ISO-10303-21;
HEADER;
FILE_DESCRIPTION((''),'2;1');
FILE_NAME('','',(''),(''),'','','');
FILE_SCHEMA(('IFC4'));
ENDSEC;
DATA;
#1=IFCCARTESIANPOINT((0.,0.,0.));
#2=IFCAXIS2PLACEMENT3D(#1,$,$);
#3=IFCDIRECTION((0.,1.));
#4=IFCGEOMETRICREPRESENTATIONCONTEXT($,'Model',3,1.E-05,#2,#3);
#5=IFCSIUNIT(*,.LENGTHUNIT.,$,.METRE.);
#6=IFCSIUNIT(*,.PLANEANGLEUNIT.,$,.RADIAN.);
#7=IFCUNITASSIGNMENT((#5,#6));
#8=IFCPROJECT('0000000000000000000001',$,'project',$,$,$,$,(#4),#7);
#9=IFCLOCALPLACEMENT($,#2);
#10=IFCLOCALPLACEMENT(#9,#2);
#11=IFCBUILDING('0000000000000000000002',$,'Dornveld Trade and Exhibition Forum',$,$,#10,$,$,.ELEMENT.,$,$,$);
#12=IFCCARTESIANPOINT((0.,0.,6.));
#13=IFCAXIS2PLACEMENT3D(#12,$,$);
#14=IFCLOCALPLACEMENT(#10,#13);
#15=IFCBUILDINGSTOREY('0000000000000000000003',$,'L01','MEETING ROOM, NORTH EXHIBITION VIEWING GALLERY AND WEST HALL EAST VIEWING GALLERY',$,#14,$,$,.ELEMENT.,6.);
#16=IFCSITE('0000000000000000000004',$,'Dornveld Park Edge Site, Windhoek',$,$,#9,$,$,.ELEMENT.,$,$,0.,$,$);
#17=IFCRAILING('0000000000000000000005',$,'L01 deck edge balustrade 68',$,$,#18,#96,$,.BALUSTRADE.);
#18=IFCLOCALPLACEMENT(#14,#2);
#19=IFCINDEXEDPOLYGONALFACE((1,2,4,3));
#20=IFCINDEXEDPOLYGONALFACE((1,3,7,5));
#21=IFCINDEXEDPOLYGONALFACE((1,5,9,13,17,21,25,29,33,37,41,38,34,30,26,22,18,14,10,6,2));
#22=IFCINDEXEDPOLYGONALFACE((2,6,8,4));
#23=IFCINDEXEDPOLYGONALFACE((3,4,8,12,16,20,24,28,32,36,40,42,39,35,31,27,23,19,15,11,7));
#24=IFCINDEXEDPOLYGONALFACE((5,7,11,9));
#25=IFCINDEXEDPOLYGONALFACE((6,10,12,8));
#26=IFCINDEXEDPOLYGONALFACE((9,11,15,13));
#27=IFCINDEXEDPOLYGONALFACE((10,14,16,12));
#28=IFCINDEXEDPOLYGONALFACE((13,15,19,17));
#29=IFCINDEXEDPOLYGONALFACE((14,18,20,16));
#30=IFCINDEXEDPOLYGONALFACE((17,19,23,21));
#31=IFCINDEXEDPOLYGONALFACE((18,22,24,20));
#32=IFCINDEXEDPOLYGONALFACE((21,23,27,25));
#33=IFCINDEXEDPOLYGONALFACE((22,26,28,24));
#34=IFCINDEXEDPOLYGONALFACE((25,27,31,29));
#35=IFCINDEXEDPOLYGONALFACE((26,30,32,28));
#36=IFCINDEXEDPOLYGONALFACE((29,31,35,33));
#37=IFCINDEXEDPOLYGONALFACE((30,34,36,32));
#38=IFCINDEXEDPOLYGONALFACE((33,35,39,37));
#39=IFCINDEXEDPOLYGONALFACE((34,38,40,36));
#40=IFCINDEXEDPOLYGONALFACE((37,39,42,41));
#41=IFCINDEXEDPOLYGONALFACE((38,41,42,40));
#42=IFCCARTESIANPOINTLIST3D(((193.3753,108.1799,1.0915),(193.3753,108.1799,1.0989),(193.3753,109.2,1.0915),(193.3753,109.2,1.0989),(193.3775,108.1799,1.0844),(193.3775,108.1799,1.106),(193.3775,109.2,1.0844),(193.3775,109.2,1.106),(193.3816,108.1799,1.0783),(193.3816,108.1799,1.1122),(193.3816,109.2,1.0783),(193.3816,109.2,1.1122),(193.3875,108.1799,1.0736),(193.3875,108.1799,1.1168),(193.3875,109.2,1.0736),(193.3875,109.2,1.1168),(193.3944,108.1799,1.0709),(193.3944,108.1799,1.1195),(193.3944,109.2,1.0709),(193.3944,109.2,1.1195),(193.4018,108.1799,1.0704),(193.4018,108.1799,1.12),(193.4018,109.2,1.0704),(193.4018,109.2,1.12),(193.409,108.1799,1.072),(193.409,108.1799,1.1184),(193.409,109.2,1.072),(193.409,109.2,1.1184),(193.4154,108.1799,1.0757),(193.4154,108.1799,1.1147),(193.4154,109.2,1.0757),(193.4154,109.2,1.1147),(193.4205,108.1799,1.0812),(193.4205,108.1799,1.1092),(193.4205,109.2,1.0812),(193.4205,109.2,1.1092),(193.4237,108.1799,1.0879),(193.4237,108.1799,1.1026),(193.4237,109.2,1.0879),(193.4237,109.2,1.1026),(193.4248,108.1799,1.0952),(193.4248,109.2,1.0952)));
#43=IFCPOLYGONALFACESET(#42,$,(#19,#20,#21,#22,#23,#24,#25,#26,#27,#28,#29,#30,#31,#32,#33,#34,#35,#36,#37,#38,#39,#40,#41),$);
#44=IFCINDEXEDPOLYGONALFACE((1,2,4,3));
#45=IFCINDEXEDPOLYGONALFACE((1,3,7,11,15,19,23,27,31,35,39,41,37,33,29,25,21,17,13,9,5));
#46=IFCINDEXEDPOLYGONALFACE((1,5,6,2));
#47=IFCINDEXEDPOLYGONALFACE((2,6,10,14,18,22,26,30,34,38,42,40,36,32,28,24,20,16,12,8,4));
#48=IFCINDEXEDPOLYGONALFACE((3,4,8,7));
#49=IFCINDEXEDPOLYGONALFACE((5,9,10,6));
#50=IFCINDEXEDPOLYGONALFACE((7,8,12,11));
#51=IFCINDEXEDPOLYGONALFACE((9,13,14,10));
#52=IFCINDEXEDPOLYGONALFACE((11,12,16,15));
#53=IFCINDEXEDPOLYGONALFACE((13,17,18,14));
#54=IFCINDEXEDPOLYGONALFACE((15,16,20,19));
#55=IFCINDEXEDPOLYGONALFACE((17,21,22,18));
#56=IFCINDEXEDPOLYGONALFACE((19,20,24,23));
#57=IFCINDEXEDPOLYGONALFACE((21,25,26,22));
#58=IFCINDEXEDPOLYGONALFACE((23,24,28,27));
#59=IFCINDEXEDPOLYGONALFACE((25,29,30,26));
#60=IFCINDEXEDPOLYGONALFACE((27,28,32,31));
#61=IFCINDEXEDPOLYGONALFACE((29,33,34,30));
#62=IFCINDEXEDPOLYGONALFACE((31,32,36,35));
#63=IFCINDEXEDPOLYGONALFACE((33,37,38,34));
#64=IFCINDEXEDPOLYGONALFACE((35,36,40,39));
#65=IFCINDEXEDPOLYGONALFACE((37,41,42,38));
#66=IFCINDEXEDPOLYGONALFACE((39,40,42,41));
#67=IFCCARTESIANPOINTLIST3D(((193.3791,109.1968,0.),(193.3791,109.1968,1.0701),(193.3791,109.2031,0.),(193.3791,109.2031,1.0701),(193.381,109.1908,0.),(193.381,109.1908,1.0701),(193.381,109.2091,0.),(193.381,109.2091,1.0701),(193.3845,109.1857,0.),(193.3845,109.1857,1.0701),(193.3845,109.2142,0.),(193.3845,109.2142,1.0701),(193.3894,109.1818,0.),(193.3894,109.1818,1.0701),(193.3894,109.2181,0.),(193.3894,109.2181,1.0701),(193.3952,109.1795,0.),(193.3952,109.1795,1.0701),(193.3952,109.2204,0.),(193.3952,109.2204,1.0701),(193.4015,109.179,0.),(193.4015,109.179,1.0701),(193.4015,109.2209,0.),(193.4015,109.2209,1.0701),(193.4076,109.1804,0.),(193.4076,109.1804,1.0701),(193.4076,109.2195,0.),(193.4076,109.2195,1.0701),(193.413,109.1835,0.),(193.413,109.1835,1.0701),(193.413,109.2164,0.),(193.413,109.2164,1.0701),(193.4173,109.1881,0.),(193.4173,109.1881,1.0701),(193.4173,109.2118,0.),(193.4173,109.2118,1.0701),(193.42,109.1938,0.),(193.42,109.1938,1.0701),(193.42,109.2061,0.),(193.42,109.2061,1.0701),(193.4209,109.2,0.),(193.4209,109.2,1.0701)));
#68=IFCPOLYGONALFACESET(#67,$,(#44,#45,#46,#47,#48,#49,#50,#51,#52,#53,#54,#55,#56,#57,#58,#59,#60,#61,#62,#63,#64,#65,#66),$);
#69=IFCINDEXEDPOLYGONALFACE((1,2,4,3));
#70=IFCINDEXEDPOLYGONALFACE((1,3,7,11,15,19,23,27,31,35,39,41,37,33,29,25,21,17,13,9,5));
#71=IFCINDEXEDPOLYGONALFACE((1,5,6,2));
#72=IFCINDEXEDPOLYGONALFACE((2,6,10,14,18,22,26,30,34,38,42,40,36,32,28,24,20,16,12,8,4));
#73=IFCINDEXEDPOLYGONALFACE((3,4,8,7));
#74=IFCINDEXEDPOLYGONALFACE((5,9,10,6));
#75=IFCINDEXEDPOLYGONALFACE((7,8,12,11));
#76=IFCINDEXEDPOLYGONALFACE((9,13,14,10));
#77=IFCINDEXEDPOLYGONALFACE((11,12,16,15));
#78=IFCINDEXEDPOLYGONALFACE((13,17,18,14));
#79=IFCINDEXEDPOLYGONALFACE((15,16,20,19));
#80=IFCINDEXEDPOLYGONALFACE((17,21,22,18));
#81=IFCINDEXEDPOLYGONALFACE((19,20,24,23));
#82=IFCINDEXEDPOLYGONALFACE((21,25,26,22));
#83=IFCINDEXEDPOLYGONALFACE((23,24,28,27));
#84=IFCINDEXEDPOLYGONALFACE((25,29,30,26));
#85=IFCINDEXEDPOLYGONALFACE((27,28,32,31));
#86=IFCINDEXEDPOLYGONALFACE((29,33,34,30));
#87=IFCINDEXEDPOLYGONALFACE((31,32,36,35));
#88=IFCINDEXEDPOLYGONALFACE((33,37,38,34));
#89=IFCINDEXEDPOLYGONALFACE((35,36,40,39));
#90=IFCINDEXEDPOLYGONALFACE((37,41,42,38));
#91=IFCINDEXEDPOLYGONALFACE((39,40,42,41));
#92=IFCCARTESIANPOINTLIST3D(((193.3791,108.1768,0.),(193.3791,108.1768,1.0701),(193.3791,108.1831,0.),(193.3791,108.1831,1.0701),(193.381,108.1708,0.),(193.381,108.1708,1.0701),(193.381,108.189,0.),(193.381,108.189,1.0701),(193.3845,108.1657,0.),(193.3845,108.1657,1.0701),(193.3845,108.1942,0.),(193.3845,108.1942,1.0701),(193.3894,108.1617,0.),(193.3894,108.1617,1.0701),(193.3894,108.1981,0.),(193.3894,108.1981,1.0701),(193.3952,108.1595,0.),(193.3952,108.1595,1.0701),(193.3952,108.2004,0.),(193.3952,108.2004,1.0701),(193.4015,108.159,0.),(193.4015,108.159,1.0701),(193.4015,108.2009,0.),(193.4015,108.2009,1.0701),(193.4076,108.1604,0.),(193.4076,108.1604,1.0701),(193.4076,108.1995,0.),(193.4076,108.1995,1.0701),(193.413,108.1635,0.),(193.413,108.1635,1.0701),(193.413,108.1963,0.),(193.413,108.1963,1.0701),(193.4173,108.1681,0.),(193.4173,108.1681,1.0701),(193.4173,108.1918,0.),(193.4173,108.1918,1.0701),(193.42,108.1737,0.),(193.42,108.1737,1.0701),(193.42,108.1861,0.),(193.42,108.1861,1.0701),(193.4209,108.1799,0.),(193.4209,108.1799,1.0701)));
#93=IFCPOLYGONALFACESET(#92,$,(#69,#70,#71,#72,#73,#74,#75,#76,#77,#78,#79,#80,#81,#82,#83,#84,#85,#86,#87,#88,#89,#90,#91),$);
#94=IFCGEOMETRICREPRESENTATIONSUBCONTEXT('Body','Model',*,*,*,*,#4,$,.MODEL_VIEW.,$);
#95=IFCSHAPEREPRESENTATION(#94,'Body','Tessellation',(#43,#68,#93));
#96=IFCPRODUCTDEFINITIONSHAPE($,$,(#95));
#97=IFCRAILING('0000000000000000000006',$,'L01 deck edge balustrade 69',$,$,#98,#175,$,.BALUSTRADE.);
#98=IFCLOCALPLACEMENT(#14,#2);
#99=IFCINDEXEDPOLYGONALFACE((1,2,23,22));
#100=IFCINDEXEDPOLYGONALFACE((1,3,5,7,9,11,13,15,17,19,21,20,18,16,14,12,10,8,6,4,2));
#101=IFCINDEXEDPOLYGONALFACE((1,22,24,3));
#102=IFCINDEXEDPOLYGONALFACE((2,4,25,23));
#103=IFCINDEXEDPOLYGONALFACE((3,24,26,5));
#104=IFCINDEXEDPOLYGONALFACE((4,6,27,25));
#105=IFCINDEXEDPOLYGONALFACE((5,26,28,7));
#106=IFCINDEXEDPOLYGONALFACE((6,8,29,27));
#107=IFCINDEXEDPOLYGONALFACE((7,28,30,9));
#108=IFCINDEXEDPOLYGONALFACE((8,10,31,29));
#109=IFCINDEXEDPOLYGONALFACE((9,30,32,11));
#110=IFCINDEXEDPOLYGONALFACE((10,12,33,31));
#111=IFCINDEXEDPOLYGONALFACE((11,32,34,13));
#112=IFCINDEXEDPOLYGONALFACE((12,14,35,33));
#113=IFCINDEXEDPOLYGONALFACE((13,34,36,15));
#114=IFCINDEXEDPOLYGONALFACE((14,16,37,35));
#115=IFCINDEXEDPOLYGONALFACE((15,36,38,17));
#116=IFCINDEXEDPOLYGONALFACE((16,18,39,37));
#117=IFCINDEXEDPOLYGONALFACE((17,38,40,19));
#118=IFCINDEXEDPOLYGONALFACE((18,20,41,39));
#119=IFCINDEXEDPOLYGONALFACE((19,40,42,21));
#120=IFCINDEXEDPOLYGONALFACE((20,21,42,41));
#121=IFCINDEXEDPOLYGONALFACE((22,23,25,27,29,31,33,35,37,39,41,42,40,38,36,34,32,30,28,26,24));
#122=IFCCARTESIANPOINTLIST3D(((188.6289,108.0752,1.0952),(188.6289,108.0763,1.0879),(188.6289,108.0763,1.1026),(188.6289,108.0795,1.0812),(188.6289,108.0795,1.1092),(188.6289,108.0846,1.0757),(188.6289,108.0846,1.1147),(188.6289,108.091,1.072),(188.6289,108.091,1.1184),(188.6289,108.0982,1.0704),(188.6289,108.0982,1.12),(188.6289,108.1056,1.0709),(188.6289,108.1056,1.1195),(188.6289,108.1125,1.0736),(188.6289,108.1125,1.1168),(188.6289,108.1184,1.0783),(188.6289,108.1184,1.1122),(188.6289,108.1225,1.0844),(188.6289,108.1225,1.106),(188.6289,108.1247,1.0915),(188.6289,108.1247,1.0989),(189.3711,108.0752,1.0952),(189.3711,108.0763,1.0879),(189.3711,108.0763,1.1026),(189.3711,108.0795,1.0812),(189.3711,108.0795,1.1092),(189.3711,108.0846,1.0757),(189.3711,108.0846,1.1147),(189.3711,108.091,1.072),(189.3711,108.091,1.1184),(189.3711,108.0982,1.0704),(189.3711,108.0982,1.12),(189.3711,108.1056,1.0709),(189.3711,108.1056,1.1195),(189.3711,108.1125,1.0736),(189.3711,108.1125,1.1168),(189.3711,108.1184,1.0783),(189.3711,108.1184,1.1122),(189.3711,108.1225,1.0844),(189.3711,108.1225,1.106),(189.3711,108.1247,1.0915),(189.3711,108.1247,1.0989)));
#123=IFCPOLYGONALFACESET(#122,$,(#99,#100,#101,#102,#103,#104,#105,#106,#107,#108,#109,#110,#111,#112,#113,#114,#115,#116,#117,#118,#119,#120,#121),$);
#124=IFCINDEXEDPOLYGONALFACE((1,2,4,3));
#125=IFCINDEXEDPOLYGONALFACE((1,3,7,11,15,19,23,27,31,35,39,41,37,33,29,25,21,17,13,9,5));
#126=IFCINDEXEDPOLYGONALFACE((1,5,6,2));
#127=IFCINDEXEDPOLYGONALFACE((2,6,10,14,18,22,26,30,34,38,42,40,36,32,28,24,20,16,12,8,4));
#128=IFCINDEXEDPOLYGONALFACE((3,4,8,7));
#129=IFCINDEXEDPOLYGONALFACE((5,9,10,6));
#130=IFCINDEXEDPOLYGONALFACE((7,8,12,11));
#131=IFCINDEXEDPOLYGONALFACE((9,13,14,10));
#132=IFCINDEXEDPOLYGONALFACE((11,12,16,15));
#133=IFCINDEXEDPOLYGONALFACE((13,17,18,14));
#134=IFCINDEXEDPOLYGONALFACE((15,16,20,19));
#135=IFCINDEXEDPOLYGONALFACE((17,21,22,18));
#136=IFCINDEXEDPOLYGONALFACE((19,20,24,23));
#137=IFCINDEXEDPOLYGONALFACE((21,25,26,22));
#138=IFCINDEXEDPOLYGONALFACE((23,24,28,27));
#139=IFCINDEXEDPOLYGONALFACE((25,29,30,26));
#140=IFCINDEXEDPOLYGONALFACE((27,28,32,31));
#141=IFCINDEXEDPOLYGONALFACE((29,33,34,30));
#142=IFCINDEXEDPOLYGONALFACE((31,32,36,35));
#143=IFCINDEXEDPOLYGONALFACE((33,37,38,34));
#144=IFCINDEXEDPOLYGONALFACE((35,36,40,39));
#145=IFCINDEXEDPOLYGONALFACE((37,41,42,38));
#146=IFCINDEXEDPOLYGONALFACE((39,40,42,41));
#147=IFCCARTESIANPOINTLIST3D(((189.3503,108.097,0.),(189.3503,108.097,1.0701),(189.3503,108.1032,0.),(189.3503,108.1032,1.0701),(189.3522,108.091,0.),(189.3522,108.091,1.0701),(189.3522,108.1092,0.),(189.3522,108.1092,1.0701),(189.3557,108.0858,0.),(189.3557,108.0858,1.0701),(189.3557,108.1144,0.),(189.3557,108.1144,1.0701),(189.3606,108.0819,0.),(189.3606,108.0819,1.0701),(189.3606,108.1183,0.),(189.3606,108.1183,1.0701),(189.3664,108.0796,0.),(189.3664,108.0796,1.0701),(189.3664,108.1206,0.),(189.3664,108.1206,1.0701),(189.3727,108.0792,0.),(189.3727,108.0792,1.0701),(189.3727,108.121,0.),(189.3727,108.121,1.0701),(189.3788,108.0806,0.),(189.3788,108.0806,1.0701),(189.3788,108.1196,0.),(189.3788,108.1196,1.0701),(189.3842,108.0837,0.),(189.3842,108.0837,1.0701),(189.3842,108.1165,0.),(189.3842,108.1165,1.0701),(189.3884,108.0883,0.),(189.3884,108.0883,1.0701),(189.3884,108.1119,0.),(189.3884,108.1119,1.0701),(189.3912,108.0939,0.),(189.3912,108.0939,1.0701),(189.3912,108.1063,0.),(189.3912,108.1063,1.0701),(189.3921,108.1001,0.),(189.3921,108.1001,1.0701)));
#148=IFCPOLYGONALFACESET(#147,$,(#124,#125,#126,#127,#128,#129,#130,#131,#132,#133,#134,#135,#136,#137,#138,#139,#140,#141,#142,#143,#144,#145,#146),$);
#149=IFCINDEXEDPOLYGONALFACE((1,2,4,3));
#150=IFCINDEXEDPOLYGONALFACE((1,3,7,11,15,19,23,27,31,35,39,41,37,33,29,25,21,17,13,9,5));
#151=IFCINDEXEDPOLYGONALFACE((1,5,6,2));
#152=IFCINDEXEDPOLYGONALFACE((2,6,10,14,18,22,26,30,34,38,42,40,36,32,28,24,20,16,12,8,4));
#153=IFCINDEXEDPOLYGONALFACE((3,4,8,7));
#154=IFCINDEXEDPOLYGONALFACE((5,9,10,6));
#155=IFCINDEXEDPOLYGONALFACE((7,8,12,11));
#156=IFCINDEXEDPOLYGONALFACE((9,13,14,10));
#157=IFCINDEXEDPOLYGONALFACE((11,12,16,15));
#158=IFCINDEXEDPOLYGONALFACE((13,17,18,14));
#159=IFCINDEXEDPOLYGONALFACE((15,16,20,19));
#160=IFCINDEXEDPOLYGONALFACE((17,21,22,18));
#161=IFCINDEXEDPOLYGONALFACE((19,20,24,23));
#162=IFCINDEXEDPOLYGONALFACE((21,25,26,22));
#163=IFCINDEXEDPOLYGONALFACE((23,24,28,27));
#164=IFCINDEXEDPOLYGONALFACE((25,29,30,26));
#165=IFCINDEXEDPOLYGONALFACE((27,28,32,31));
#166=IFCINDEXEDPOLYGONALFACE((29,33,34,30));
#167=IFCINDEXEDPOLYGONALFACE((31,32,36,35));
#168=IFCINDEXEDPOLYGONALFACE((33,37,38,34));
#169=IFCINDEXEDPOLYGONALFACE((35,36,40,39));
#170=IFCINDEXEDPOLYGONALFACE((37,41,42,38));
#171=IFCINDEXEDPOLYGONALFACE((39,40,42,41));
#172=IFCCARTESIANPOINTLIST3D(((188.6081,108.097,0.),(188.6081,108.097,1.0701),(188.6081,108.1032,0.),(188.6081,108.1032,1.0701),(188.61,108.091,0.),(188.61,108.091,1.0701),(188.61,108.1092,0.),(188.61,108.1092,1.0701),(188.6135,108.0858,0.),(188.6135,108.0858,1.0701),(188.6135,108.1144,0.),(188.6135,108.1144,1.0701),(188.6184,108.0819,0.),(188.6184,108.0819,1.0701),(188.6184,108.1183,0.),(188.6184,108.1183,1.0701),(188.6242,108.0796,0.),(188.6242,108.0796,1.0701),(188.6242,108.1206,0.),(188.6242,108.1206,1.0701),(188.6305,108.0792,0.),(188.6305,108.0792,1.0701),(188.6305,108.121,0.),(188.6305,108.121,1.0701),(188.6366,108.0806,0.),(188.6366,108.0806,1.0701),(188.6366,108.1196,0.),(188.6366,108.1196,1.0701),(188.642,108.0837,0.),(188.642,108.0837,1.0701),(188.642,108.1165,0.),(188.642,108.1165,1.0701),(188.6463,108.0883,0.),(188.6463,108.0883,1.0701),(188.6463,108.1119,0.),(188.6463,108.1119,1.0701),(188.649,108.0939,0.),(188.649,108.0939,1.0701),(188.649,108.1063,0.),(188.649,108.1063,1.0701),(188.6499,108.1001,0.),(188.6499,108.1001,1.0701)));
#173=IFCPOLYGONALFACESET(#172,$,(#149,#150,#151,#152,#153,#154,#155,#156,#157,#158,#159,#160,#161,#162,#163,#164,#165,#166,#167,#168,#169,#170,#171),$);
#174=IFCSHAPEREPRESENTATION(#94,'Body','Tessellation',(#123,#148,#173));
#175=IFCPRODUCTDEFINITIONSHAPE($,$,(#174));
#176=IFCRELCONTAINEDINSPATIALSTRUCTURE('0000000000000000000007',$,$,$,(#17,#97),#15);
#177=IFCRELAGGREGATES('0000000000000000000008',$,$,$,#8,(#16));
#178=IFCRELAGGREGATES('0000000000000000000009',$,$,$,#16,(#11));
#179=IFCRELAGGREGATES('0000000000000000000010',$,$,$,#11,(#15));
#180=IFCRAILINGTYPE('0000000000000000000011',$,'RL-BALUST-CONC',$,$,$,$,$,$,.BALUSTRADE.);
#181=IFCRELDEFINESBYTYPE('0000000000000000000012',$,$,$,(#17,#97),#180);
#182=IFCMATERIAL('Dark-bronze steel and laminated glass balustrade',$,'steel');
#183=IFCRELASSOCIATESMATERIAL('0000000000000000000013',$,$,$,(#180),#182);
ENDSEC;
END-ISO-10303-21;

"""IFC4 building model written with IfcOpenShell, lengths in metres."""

from ifc_helpers import new_model, si_unit, direction, frame, origin, origin_2d, place, context, subcontext, project, spatial, circle, extrude, material, type_object, element, save


model = new_model("IFC4")

# Units and contexts
model_context = context("Model", 3, precision=1e-05, world=origin(), true_north=direction((0.0, 1.0)))
body_context = subcontext(model_context, "Body", "Model", "MODEL_VIEW")
ifc_project = project(units=[si_unit("LENGTHUNIT", "METRE"), si_unit("PLANEANGLEUNIT", "RADIAN")], contexts=[model_context])

# Site, building, storey
site_placement = place(None, origin())
site = spatial("IfcSite", under=ifc_project, at=site_placement, Name="Dornveld Park Edge Site, Windhoek", CompositionType="ELEMENT", RefElevation=0.0)
building_placement = place(site_placement, origin())
building = spatial("IfcBuilding", under=site, at=building_placement, Name="Dornveld Trade and Exhibition Forum", CompositionType="ELEMENT")
storey_placement = place(building_placement, frame((0.0, 0.0, 6.0)))
storey = spatial("IfcBuildingStorey", under=building, at=storey_placement, Name="L01", Description="MEETING ROOM, NORTH EXHIBITION VIEWING GALLERY AND WEST HALL EAST VIEWING GALLERY", CompositionType="ELEMENT", Elevation=6.0)

# Railings
ifc_material_1 = material(Name="Dark-bronze steel and laminated glass balustrade", Category="steel")
railing_type = type_object("IfcRailingType", Name="RL-BALUST-CONC", PredefinedType="BALUSTRADE", material=ifc_material_1)
railing_1_placement = place(storey_placement, frame((193.3999, 109.2, 0.0)))
element("IfcRailing", 1, at=railing_1_placement, inside=storey, type_object=railing_type, Name="L01 deck edge balustrade 68", PredefinedType="BALUSTRADE", context=body_context, shape_type="SweptSolid", body=[
    extrude(circle(Radius=0.0249, at=origin_2d()), frame((0.0, 0.0, 1.0952), z_axis=(0.0, -1.0, 0.0), x_axis=(1.0, 0.0, 0.0)), (0.0, 0.0, 1.0), 1.02),
    extrude(circle(Radius=0.021, at=origin_2d()), origin(), (0.0, 0.0, 1.0), 1.0701),
    extrude(circle(Radius=0.021, at=origin_2d()), frame((0.0, -1.02, 0.0)), (0.0, 0.0, 1.0), 1.0701),
])
railing_2_placement = place(storey_placement, frame((189.3711, 108.1001, 0.0)))
element("IfcRailing", 2, at=railing_2_placement, inside=storey, type_object=railing_type, Name="L01 deck edge balustrade 69", PredefinedType="BALUSTRADE", context=body_context, shape_type="SweptSolid", body=[
    extrude(circle(Radius=0.0249, at=origin_2d()), frame((0.0, 0.0, 1.0952), z_axis=(-1.0, 0.0, 0.0), x_axis=(0.0, -1.0, 0.0)), (0.0, 0.0, 1.0), 0.7422),
    extrude(circle(Radius=0.021, at=origin_2d()), origin(), (0.0, 0.0, 1.0), 1.0701),
    extrude(circle(Radius=0.021, at=origin_2d()), frame((-0.7422, 0.0, 0.0)), (0.0, 0.0, 1.0), 1.0701),
])

save(model, "model.ifc")
